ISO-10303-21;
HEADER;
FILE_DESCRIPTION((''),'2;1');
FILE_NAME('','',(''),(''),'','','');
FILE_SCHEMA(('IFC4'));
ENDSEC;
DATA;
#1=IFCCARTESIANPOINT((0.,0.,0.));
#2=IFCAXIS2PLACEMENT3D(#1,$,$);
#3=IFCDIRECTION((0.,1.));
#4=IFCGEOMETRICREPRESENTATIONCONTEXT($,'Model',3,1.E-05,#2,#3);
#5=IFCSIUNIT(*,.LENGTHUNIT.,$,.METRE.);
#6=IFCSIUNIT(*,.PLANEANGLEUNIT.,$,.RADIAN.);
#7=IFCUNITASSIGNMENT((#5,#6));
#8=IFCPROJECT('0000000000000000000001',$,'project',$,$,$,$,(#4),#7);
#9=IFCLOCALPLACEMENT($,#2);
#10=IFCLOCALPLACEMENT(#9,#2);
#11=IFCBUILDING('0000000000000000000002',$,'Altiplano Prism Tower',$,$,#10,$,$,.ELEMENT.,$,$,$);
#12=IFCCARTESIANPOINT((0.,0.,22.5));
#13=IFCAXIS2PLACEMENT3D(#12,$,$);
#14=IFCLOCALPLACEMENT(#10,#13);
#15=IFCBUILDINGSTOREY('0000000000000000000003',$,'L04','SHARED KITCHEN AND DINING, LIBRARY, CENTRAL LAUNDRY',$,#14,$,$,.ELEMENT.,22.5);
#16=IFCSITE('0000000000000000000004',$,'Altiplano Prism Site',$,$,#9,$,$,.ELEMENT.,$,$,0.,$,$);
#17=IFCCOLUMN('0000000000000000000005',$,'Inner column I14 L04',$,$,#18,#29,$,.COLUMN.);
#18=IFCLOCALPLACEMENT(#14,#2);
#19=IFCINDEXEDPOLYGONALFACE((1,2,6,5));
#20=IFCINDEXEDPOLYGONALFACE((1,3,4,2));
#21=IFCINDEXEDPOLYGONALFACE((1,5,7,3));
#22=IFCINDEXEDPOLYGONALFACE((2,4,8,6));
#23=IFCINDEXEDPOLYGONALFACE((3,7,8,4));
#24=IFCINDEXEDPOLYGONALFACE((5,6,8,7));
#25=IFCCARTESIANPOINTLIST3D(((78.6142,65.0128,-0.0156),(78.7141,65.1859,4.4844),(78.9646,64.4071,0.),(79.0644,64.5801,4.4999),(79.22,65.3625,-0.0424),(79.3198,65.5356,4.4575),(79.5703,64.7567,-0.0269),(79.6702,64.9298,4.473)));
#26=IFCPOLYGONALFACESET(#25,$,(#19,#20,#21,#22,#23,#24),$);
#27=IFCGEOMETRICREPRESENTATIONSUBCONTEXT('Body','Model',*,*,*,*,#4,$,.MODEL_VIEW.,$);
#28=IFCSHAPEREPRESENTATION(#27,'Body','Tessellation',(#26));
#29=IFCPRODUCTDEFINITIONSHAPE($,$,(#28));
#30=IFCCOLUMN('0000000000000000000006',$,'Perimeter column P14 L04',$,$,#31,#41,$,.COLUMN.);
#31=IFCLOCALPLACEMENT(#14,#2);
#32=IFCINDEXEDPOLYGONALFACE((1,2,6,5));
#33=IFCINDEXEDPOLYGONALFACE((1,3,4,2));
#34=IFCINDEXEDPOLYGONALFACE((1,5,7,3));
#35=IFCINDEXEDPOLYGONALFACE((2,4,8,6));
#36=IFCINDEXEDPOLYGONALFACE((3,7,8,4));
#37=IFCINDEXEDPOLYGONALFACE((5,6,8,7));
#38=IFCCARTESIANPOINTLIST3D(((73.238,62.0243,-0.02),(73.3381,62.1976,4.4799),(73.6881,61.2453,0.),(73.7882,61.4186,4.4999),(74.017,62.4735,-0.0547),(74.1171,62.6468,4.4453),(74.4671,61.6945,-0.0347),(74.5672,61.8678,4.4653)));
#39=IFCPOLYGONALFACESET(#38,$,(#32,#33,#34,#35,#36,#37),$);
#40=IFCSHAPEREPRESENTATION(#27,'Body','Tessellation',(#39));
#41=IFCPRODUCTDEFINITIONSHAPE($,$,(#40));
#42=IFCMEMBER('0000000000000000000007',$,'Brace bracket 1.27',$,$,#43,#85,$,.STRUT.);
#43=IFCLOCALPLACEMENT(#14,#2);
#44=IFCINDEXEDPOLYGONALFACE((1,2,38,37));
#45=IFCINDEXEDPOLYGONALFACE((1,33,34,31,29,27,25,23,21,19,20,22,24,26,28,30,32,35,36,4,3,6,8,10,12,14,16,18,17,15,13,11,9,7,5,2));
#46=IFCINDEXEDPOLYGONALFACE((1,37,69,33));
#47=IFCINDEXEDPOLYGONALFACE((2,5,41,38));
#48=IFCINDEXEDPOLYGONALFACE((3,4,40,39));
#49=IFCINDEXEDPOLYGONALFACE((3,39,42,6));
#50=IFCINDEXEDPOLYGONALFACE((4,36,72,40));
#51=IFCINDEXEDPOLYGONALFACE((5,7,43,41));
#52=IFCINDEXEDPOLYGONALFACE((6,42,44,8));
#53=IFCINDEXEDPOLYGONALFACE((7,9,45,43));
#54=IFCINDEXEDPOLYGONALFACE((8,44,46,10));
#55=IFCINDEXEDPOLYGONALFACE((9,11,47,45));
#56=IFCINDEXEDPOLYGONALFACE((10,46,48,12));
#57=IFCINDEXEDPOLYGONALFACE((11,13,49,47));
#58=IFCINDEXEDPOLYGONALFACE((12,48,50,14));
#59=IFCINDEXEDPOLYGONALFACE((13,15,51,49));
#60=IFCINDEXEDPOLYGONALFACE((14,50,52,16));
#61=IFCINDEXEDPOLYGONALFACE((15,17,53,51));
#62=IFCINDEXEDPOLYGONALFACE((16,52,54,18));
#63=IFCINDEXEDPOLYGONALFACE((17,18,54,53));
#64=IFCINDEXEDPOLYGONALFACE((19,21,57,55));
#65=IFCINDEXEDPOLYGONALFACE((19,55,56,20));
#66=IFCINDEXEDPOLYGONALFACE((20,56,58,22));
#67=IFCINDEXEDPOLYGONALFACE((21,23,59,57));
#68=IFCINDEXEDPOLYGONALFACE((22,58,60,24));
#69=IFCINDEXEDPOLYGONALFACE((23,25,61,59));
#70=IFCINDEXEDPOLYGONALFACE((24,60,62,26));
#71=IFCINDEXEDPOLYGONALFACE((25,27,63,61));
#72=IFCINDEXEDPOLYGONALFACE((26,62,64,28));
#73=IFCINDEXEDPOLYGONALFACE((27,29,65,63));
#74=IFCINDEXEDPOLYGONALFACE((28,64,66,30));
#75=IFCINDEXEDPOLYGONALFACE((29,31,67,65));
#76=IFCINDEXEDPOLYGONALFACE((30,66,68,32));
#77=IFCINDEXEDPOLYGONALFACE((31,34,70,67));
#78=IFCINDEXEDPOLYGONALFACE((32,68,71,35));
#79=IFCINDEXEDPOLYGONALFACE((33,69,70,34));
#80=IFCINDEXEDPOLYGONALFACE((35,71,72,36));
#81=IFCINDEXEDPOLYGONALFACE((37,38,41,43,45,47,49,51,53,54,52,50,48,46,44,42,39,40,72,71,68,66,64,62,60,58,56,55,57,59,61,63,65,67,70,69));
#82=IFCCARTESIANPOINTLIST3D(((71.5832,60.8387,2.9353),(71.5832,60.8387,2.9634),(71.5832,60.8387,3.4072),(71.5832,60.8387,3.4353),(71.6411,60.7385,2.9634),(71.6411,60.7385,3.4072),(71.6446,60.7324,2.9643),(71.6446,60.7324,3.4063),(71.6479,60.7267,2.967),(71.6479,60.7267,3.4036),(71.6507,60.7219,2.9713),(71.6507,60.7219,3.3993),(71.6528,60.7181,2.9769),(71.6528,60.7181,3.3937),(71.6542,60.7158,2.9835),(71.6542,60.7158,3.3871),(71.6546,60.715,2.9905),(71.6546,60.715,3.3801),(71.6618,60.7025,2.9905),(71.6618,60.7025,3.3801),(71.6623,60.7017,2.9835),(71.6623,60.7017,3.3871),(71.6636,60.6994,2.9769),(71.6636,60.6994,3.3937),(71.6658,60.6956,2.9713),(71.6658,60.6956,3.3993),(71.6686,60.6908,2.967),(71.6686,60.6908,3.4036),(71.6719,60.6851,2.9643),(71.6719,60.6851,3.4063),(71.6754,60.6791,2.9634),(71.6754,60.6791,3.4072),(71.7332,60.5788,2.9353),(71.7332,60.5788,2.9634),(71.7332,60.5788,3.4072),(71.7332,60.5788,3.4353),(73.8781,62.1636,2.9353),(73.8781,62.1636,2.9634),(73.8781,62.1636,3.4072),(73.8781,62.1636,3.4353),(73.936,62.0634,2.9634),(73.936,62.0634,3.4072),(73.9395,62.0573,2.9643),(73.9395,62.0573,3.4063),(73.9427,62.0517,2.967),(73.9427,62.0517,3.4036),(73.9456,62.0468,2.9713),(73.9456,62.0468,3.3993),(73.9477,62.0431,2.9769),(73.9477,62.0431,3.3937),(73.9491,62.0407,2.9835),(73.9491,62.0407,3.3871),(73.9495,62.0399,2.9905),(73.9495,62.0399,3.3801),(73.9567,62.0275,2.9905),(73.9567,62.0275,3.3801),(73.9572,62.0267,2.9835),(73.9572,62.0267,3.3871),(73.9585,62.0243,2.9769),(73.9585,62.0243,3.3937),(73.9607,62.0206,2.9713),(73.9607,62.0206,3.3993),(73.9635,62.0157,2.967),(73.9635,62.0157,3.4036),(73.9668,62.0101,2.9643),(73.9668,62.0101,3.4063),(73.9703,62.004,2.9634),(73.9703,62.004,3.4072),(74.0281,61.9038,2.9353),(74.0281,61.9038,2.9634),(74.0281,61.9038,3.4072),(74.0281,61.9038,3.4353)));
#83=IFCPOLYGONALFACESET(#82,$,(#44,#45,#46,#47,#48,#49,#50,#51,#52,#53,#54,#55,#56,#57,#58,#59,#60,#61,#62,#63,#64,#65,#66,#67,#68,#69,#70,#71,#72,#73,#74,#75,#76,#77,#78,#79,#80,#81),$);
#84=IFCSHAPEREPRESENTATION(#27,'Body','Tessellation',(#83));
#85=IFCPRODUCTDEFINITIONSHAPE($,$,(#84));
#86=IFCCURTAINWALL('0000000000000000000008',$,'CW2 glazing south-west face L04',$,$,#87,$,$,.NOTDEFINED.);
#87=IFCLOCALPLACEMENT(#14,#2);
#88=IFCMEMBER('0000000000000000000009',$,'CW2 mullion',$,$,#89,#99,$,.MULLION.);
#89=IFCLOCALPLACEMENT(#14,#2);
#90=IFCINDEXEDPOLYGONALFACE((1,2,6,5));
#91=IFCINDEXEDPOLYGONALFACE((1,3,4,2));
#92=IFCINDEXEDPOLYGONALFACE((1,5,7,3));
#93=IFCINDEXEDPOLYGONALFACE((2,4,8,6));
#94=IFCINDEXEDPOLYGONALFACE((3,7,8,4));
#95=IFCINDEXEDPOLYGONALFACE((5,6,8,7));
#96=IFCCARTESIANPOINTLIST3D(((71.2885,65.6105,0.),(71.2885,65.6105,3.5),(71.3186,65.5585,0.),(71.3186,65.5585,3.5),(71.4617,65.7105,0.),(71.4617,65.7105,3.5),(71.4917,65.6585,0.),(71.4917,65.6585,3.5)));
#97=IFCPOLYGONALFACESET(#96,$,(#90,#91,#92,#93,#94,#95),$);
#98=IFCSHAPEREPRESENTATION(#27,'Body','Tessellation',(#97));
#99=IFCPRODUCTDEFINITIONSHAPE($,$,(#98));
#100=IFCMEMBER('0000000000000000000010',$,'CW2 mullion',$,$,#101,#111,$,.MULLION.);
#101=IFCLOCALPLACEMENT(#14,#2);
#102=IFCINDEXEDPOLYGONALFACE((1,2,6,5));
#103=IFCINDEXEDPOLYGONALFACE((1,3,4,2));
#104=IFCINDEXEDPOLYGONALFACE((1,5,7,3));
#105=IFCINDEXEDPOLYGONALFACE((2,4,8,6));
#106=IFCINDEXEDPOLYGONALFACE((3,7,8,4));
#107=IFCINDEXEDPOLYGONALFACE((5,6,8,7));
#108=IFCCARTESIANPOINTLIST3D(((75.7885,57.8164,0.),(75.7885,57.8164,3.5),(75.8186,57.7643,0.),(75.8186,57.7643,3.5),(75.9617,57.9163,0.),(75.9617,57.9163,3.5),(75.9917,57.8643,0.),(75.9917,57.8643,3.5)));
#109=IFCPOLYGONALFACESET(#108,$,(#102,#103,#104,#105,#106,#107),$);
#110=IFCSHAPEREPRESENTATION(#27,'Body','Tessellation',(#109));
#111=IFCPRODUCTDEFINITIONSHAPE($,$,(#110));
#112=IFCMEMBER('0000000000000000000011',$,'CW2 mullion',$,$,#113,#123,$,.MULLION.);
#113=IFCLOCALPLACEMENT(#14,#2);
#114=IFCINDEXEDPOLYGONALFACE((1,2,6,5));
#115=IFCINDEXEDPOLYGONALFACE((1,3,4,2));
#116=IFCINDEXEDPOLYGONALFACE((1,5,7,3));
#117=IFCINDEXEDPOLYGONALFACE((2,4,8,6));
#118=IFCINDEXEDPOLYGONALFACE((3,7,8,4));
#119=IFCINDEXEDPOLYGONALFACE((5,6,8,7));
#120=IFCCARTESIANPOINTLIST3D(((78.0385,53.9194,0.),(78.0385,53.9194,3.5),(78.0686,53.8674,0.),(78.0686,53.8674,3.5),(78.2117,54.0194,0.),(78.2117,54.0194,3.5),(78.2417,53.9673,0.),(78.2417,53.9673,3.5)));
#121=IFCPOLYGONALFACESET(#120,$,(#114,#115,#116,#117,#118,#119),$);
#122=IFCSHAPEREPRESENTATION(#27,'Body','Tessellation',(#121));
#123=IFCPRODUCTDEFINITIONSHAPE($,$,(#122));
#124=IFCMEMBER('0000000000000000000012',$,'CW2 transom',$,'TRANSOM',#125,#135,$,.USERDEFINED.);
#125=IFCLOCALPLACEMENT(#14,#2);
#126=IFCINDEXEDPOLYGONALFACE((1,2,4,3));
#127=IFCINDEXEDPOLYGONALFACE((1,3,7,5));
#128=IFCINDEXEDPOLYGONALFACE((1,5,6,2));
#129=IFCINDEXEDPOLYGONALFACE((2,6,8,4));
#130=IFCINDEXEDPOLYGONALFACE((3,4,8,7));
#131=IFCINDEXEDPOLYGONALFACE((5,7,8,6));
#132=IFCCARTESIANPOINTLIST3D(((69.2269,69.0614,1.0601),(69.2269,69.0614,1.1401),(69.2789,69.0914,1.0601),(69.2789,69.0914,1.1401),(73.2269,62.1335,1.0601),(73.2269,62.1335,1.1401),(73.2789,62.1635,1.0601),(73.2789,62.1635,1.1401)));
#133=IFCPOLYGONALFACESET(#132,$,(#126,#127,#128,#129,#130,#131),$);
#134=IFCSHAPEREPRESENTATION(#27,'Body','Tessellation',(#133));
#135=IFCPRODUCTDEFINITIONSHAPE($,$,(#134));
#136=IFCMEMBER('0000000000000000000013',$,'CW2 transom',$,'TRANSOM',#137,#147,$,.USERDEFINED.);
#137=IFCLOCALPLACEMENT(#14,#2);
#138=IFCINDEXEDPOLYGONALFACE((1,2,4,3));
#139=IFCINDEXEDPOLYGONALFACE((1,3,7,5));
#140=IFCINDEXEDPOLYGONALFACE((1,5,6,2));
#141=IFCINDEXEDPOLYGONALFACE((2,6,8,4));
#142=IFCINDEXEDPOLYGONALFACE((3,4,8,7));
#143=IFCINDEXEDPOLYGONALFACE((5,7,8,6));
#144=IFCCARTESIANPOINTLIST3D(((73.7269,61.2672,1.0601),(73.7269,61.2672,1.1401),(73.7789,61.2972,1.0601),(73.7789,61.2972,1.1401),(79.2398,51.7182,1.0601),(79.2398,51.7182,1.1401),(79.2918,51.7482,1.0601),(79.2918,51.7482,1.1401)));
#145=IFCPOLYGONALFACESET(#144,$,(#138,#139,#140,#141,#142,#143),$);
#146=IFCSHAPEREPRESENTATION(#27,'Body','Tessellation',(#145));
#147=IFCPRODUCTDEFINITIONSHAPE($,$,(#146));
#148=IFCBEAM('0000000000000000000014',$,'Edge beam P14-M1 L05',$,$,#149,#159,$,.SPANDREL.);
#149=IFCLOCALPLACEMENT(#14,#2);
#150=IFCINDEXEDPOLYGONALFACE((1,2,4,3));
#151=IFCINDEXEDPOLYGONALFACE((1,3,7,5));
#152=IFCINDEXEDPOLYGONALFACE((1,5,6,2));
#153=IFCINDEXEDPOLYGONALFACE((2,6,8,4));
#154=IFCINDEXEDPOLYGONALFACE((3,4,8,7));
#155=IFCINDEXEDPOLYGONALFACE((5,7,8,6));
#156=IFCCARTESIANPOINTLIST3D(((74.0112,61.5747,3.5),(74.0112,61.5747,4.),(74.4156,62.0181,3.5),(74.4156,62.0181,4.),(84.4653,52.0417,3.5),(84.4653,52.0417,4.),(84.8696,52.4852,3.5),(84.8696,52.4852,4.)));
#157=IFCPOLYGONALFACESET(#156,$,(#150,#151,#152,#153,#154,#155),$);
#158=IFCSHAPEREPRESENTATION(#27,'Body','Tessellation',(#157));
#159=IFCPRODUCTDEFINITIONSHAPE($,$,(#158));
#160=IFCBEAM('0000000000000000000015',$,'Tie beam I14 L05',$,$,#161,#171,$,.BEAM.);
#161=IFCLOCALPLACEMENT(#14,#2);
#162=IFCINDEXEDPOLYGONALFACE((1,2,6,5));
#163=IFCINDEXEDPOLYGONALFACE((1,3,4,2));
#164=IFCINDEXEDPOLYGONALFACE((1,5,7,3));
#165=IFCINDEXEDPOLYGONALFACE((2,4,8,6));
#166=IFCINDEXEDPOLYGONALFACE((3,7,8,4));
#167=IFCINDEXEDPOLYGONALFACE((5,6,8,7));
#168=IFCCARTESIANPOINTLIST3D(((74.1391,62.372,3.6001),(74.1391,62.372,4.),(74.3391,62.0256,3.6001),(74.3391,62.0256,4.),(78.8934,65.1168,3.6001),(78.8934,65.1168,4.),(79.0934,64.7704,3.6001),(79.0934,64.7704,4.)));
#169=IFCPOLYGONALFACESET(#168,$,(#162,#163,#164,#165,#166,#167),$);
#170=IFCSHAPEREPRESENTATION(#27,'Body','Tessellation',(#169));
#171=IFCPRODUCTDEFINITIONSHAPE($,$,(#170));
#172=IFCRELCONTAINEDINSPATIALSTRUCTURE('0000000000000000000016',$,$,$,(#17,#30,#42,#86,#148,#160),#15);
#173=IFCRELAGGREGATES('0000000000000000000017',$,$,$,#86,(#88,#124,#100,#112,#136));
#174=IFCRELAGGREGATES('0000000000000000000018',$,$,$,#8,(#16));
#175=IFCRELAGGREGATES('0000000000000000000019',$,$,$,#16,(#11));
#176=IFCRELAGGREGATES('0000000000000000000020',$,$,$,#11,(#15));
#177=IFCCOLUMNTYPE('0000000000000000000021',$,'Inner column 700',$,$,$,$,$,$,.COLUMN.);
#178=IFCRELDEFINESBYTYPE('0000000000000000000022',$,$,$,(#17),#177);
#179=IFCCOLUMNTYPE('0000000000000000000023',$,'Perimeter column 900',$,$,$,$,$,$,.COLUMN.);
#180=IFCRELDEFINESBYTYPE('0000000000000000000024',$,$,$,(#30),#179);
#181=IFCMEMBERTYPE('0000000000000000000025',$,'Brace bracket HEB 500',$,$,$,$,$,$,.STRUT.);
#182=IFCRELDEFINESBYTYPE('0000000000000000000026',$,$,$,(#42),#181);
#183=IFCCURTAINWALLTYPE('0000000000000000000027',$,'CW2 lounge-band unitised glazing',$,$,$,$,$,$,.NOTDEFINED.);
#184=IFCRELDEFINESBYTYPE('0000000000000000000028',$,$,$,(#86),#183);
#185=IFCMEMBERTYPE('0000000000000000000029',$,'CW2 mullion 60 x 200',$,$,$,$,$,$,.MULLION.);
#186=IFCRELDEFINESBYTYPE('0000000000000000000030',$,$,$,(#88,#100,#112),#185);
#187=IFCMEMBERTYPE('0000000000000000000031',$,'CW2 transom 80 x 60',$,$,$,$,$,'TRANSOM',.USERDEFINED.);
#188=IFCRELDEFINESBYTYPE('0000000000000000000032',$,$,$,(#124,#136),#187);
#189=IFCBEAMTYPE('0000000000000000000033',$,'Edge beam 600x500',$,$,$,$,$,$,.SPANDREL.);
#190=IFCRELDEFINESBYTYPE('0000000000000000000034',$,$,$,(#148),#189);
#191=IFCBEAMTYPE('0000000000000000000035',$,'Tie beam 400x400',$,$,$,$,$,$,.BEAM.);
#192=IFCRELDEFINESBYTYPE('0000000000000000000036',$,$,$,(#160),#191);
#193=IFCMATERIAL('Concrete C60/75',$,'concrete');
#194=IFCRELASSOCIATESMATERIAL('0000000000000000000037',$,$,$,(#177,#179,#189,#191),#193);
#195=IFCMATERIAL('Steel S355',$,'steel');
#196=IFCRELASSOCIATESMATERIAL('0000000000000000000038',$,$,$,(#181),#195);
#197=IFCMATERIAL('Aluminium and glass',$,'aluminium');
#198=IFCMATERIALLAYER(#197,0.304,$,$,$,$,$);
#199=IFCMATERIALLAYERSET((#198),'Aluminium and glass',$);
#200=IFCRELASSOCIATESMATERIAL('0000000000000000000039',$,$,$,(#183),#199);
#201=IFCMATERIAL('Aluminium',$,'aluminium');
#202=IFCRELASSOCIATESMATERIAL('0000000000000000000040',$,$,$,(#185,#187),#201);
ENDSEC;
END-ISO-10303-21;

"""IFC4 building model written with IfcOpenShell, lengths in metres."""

from ifc_helpers import new_model, si_unit, direction, frame, origin, origin_2d, place, context, subcontext, project, spatial, rectangle, i_section, extrude, material, layer, layer_set, material_profile, profile_set, type_object, element, aggregate, save


model = new_model("IFC4")

# Units and contexts
model_context = context("Model", 3, precision=1e-05, world=origin(), true_north=direction((0.0, 1.0)))
body_context = subcontext(model_context, "Body", "Model", "MODEL_VIEW")
ifc_project = project(units=[si_unit("LENGTHUNIT", "METRE"), si_unit("PLANEANGLEUNIT", "RADIAN")], contexts=[model_context])

# Site, building, storey
site_placement = place(None, origin())
site = spatial("IfcSite", under=ifc_project, at=site_placement, Name="Altiplano Prism Site", CompositionType="ELEMENT", RefElevation=0.0)
building_placement = place(site_placement, origin())
building = spatial("IfcBuilding", under=site, at=building_placement, Name="Altiplano Prism Tower", CompositionType="ELEMENT")
storey_placement = place(building_placement, frame((0.0, 0.0, 22.5)))
storey = spatial("IfcBuildingStorey", under=building, at=storey_placement, Name="L04", Description="SHARED KITCHEN AND DINING, LIBRARY, CENTRAL LAUNDRY", CompositionType="ELEMENT", Elevation=22.5)

# Columns
ifc_material_1 = material(Name="Concrete C60/75", Category="concrete")
ifc_material_profile_1 = material_profile(ifc_material_1, rectangle(XDim=0.7, YDim=0.7, at=origin_2d()), Name="Inner column 700")
ifc_profile_set_1 = profile_set([ifc_material_profile_1], Name="Concrete C60/75")
column_type_1 = type_object("IfcColumnType", Name="Inner column 700", PredefinedType="COLUMN", material=ifc_profile_set_1)
column_1_placement = place(storey_placement, frame((79.0923, 64.8848, -0.0212), z_axis=(0.022168, 0.038428, 0.999015), x_axis=(-0.865416, -0.499579, 0.03842)))
element("IfcColumn", 1, at=column_1_placement, inside=storey, type_object=column_type_1, Name="Inner column I14 L04", PredefinedType="COLUMN", context=body_context, shape_type="SweptSolid", body=[
    extrude(rectangle(XDim=0.7, YDim=0.7, at=origin_2d()), origin(), (0.0, 0.0, 1.0), 4.5044),
])
ifc_material_profile_2 = material_profile(ifc_material_1, rectangle(XDim=0.8999, YDim=0.8999, at=origin_2d()), Name="Perimeter column 900")
ifc_profile_set_2 = profile_set([ifc_material_profile_2], Name="Concrete C60/75")
column_type_2 = type_object("IfcColumnType", Name="Perimeter column 900", PredefinedType="COLUMN", material=ifc_profile_set_2)
column_2_placement = place(storey_placement, frame((73.8525, 61.8594, -0.0273), z_axis=(0.022222, 0.038482, 0.999012), x_axis=(-0.865638, -0.49919, 0.038484)))
element("IfcColumn", 2, at=column_2_placement, inside=storey, type_object=column_type_2, Name="Perimeter column P14 L04", PredefinedType="COLUMN", context=body_context, shape_type="SweptSolid", body=[
    extrude(rectangle(XDim=0.8999, YDim=0.8999, at=origin_2d()), origin(), (0.0, 0.0, 1.0), 4.5044),
])

# Member
ifc_material_2 = material(Name="Steel S355", Category="steel")
ifc_material_profile_3 = material_profile(ifc_material_2, i_section(OverallWidth=0.3, OverallDepth=0.5, WebThickness=0.0144, FlangeThickness=0.0281, FilletRadius=0.0271, at=origin_2d()), Name="Brace bracket HEB 500")
ifc_profile_set_3 = profile_set([ifc_material_profile_3], Name="Steel S355")
member_type_1 = type_object("IfcMemberType", Name="Brace bracket HEB 500", PredefinedType="STRUT", material=ifc_profile_set_3)
member_1_placement = place(storey_placement, frame((73.9531, 62.0337, 3.1853), z_axis=(-0.866029, -0.499994, 0.0), x_axis=(0.499994, -0.866029, 0.0)))
element("IfcMember", 3, at=member_1_placement, inside=storey, type_object=member_type_1, Name="Brace bracket 1.27", PredefinedType="STRUT", context=body_context, shape_type="SweptSolid", body=[
    extrude(i_section(OverallWidth=0.3, OverallDepth=0.5, WebThickness=0.0144, FlangeThickness=0.0281, FilletRadius=0.0271, at=origin_2d()), origin(), (0.0, 0.0, 1.0), 2.6499),
])

# Curtain wall, members
ifc_material_3 = material(Name="Aluminium and glass", Category="aluminium")
ifc_layer_1 = layer(ifc_material_3, 0.304)
ifc_layer_set_1 = layer_set([ifc_layer_1], Name="Aluminium and glass")
curtain_wall_type = type_object("IfcCurtainWallType", Name="CW2 lounge-band unitised glazing", PredefinedType="NOTDEFINED", material=ifc_layer_set_1)
curtain_wall_placement = place(storey_placement, origin())
curtain_wall = element("IfcCurtainWall", 4, at=curtain_wall_placement, inside=storey, type_object=curtain_wall_type, Name="CW2 glazing south-west face L04", PredefinedType="NOTDEFINED")
ifc_material_4 = material(Name="Aluminium", Category="aluminium")
ifc_material_profile_4 = material_profile(ifc_material_4, rectangle(XDim=0.2, YDim=0.0601, at=origin_2d()), Name="CW2 mullion 60 x 200")
ifc_profile_set_4 = profile_set([ifc_material_profile_4], Name="Aluminium")
member_type_2 = type_object("IfcMemberType", Name="CW2 mullion 60 x 200", PredefinedType="MULLION", material=ifc_profile_set_4)
member_2_placement = place(storey_placement, frame((71.3901, 65.6345, 0.0), z_axis=(0.0, 0.0, 1.0), x_axis=(0.866025, 0.5, 0.0)))
member_2 = element("IfcMember", 5, at=member_2_placement, type_object=member_type_2, Name="CW2 mullion", PredefinedType="MULLION", context=body_context, shape_type="SweptSolid", body=[
    extrude(rectangle(XDim=0.2, YDim=0.0601, at=origin_2d()), origin(), (0.0, 0.0, 1.0), 3.5),
])
member_3_placement = place(storey_placement, frame((75.8901, 57.8403, 0.0), z_axis=(0.0, 0.0, 1.0), x_axis=(0.866025, 0.5, 0.0)))
member_3 = element("IfcMember", 6, at=member_3_placement, type_object=member_type_2, Name="CW2 mullion", PredefinedType="MULLION", context=body_context, shape_type="SweptSolid", body=[
    extrude(rectangle(XDim=0.2, YDim=0.0601, at=origin_2d()), origin(), (0.0, 0.0, 1.0), 3.5),
])
member_4_placement = place(storey_placement, frame((78.1401, 53.9434, 0.0), z_axis=(0.0, 0.0, 1.0), x_axis=(0.866025, 0.5, 0.0)))
member_4 = element("IfcMember", 7, at=member_4_placement, type_object=member_type_2, Name="CW2 mullion", PredefinedType="MULLION", context=body_context, shape_type="SweptSolid", body=[
    extrude(rectangle(XDim=0.2, YDim=0.0601, at=origin_2d()), origin(), (0.0, 0.0, 1.0), 3.5),
])
ifc_material_profile_5 = material_profile(ifc_material_4, rectangle(XDim=0.0601, YDim=0.0801, at=origin_2d()), Name="CW2 transom 80 x 60")
ifc_profile_set_5 = profile_set([ifc_material_profile_5], Name="Aluminium")
member_type_3 = type_object("IfcMemberType", Name="CW2 transom 80 x 60", ElementType="TRANSOM", PredefinedType="USERDEFINED", material=ifc_profile_set_5)
member_5_placement = place(storey_placement, frame((69.2529, 69.0764, 1.1001), z_axis=(0.500012, -0.866018, 0.0), x_axis=(0.866018, 0.500012, 0.0)))
member_5 = element("IfcMember", 8, at=member_5_placement, type_object=member_type_3, Name="CW2 transom", ObjectType="TRANSOM", PredefinedType="USERDEFINED", context=body_context, shape_type="SweptSolid", body=[
    extrude(rectangle(XDim=0.0601, YDim=0.0801, at=origin_2d()), origin(), (0.0, 0.0, 1.0), 7.9998),
])
member_6_placement = place(storey_placement, frame((73.7529, 61.2822, 1.1001), z_axis=(0.499985, -0.866034, 0.0), x_axis=(0.866034, 0.499985, 0.0)))
member_6 = element("IfcMember", 9, at=member_6_placement, type_object=member_type_3, Name="CW2 transom", ObjectType="TRANSOM", PredefinedType="USERDEFINED", context=body_context, shape_type="SweptSolid", body=[
    extrude(rectangle(XDim=0.0601, YDim=0.0801, at=origin_2d()), origin(), (0.0, 0.0, 1.0), 11.0261),
])

# Beams
ifc_material_profile_6 = material_profile(ifc_material_1, rectangle(XDim=0.6001, YDim=0.5, at=origin_2d()), Name="Edge beam 600x500")
ifc_profile_set_6 = profile_set([ifc_material_profile_6], Name="Concrete C60/75")
beam_type_1 = type_object("IfcBeamType", Name="Edge beam 600x500", PredefinedType="SPANDREL", material=ifc_profile_set_6)
beam_1_placement = place(storey_placement, frame((74.2134, 61.7964, 3.75), z_axis=(0.738911, -0.673803, 0.0), x_axis=(0.673803, 0.738911, 0.0)))
element("IfcBeam", 10, at=beam_1_placement, inside=storey, type_object=beam_type_1, Name="Edge beam P14-M1 L05", PredefinedType="SPANDREL", context=body_context, shape_type="SweptSolid", body=[
    extrude(rectangle(XDim=0.6001, YDim=0.5, at=origin_2d()), origin(), (0.0, 0.0, 1.0), 14.1479),
])
ifc_material_profile_7 = material_profile(ifc_material_1, rectangle(XDim=0.3999, YDim=0.3999, at=origin_2d()), Name="Tie beam 400x400")
ifc_profile_set_7 = profile_set([ifc_material_profile_7], Name="Concrete C60/75")
beam_type_2 = type_object("IfcBeamType", Name="Tie beam 400x400", PredefinedType="BEAM", material=ifc_profile_set_7)
beam_2_placement = place(storey_placement, frame((78.9934, 64.9436, 3.8), z_axis=(-0.866032, -0.499989, 0.0), x_axis=(0.499989, -0.866032, 0.0)))
element("IfcBeam", 11, at=beam_2_placement, inside=storey, type_object=beam_type_2, Name="Tie beam I14 L05", PredefinedType="BEAM", context=body_context, shape_type="SweptSolid", body=[
    extrude(rectangle(XDim=0.3999, YDim=0.3999, at=origin_2d()), origin(), (0.0, 0.0, 1.0), 5.4897),
])

aggregate(curtain_wall, [member_2, member_5, member_3, member_4, member_6])

save(model, "model.ifc")
